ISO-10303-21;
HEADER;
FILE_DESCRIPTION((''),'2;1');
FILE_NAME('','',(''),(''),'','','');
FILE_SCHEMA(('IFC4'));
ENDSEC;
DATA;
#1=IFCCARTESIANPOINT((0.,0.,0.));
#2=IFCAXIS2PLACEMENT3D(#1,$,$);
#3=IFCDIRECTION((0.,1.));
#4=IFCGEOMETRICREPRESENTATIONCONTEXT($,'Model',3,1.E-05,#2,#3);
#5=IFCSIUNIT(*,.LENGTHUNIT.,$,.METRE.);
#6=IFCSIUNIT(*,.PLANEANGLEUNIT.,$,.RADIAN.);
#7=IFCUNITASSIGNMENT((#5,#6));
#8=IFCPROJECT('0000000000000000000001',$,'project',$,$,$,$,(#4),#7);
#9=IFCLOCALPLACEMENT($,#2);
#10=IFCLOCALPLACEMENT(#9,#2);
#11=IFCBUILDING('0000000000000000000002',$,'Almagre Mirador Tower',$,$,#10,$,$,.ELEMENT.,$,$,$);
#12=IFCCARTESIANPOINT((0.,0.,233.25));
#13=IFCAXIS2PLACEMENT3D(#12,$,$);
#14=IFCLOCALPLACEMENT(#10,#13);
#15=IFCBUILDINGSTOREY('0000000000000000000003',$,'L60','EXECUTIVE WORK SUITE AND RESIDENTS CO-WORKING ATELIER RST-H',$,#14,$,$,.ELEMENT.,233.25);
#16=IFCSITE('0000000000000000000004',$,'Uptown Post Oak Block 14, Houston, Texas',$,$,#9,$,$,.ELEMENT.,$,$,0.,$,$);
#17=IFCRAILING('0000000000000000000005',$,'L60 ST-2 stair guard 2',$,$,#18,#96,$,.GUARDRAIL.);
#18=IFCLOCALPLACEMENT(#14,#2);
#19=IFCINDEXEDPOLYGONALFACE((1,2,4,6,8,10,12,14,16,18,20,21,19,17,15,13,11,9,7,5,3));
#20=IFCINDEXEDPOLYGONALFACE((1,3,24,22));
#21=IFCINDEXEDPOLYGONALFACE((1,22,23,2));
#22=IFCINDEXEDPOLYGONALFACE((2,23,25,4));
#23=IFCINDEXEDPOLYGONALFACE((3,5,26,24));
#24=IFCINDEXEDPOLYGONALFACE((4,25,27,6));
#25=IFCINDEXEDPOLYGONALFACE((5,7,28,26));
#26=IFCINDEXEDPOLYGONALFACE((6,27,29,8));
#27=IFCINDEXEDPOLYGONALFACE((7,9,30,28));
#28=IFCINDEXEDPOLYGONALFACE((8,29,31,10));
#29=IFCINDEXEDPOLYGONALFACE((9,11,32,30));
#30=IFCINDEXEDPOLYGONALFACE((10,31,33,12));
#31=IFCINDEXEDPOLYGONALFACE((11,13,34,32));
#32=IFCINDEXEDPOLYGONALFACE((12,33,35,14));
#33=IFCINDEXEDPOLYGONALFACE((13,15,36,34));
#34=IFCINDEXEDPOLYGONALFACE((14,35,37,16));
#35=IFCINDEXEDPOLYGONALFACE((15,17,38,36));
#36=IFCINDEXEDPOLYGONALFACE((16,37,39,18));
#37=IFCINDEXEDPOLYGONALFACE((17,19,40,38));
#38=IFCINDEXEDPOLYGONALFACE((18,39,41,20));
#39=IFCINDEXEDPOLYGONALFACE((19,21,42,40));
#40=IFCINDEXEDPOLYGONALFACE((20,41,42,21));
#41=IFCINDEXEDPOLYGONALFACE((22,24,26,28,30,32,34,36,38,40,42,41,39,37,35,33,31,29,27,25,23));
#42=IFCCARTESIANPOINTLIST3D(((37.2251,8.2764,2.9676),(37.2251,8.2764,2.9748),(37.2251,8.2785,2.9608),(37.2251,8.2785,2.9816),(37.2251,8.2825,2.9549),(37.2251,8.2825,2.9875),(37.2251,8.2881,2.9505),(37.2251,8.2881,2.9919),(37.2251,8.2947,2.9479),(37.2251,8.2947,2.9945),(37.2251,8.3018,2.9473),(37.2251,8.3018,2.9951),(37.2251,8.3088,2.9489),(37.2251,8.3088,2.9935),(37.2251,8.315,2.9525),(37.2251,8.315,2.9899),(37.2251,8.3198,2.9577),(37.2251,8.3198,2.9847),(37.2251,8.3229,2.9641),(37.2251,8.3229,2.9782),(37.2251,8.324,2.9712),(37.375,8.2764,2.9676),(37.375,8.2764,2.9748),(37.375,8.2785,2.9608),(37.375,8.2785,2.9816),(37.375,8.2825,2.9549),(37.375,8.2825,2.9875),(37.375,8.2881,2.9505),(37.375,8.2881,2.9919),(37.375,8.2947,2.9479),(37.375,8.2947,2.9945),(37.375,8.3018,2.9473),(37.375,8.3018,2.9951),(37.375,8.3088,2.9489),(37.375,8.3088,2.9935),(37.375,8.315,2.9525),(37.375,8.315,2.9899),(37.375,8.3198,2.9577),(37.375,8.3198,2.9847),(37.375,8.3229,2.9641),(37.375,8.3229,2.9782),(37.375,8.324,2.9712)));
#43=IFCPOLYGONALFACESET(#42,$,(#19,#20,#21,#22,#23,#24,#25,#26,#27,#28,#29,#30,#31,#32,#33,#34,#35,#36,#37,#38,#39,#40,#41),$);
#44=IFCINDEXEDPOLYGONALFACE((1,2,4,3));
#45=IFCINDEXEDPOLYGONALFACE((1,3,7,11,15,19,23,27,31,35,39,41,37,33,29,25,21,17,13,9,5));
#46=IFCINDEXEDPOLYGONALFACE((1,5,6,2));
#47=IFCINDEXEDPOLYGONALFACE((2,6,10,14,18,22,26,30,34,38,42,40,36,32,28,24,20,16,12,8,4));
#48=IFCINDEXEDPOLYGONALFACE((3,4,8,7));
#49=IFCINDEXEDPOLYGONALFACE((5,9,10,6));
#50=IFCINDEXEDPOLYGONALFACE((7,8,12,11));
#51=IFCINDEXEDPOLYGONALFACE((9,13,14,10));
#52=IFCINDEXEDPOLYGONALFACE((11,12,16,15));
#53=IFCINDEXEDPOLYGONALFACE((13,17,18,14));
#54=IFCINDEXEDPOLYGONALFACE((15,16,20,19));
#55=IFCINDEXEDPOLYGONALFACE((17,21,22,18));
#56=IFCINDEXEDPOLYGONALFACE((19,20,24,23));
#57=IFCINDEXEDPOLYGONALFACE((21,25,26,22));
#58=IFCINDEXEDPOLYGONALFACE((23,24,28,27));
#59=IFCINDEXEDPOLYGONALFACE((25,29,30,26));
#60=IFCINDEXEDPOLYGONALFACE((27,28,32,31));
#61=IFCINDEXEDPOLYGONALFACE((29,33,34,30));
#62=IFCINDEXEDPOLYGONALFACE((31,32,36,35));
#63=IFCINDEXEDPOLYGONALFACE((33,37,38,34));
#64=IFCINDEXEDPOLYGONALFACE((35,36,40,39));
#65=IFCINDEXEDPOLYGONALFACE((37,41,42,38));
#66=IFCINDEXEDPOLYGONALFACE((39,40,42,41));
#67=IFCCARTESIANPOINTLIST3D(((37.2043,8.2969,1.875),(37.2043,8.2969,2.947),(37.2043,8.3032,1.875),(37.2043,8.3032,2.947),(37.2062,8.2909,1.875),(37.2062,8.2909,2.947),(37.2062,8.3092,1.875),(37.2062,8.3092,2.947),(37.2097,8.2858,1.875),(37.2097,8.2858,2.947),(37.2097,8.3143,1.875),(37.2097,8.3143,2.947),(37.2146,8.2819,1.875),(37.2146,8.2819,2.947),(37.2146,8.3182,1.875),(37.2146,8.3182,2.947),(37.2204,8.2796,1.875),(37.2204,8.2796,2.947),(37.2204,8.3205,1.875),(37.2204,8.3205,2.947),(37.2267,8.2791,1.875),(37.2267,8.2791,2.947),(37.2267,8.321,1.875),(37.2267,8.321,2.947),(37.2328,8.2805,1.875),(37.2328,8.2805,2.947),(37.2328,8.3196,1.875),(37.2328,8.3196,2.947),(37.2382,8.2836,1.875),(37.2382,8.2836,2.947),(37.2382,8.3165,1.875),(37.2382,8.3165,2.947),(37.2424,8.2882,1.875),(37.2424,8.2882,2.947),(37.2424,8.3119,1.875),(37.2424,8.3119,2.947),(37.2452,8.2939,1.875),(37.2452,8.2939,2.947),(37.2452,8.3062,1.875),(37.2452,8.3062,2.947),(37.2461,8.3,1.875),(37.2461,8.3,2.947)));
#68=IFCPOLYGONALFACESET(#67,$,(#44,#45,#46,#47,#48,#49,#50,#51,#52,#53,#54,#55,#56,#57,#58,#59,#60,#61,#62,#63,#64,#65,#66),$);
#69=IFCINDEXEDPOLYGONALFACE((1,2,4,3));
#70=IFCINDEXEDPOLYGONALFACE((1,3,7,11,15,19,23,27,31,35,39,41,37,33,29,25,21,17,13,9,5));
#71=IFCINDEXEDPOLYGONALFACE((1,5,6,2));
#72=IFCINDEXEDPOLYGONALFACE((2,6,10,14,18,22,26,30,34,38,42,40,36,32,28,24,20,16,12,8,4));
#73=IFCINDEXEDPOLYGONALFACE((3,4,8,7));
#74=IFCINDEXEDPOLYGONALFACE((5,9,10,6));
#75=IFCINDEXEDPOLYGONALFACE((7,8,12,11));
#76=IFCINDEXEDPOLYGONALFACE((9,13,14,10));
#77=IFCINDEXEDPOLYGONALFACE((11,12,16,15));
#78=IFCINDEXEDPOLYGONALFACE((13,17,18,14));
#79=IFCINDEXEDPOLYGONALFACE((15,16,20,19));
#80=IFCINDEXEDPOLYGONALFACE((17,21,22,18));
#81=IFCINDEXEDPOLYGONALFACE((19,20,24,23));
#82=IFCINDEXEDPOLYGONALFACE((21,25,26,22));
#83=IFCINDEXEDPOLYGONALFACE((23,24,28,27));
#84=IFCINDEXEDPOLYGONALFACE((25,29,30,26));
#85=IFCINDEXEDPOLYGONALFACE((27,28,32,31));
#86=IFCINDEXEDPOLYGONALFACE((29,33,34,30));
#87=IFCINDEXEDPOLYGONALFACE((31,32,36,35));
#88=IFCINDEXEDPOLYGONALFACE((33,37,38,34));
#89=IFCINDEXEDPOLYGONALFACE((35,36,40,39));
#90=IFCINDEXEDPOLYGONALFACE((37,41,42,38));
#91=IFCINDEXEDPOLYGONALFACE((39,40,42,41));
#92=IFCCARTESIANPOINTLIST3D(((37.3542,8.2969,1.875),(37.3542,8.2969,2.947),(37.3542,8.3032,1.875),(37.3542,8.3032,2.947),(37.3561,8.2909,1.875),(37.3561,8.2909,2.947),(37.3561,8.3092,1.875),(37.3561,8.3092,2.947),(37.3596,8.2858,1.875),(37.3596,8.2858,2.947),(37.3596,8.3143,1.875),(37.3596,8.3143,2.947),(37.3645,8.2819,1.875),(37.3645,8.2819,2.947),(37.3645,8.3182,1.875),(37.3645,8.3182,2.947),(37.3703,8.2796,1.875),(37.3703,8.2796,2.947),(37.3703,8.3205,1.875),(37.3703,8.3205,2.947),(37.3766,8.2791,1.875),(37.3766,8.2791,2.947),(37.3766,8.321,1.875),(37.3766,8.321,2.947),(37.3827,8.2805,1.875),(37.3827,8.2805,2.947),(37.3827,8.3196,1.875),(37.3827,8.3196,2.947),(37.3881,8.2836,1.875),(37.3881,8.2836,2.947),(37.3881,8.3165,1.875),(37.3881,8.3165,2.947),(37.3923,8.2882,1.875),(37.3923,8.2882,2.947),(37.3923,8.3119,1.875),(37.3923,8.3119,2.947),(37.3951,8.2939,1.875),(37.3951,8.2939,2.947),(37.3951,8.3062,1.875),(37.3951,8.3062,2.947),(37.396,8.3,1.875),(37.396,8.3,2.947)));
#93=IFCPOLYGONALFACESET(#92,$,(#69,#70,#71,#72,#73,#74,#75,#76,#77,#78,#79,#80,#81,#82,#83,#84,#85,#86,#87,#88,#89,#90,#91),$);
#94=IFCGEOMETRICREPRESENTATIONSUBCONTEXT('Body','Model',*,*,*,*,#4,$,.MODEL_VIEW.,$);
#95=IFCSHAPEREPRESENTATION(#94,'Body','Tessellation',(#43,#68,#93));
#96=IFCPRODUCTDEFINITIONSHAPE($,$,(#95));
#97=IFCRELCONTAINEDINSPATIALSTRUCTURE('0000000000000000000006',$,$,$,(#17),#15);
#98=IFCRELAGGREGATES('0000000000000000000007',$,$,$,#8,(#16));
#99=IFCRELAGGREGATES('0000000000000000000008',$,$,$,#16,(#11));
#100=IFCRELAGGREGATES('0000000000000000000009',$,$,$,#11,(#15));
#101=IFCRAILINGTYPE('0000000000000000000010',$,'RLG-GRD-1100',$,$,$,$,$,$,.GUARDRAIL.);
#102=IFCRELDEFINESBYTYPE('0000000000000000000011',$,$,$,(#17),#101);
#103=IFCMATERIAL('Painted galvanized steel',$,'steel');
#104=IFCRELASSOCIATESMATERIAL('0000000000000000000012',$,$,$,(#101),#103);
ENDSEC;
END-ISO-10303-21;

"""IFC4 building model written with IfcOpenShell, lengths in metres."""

from ifc_helpers import new_model, si_unit, direction, frame, origin, origin_2d, place, context, subcontext, project, spatial, circle, extrude, material, type_object, element, save


model = new_model("IFC4")

# Units and contexts
model_context = context("Model", 3, precision=1e-05, world=origin(), true_north=direction((0.0, 1.0)))
body_context = subcontext(model_context, "Body", "Model", "MODEL_VIEW")
ifc_project = project(units=[si_unit("LENGTHUNIT", "METRE"), si_unit("PLANEANGLEUNIT", "RADIAN")], contexts=[model_context])

# Site, building, storey
site_placement = place(None, origin())
site = spatial("IfcSite", under=ifc_project, at=site_placement, Name="Uptown Post Oak Block 14, Houston, Texas", CompositionType="ELEMENT", RefElevation=0.0)
building_placement = place(site_placement, origin())
building = spatial("IfcBuilding", under=site, at=building_placement, Name="Almagre Mirador Tower", CompositionType="ELEMENT")
storey_placement = place(building_placement, frame((0.0, 0.0, 233.25)))
storey = spatial("IfcBuildingStorey", under=building, at=storey_placement, Name="L60", Description="EXECUTIVE WORK SUITE AND RESIDENTS CO-WORKING ATELIER RST-H", CompositionType="ELEMENT", Elevation=233.25)

# Railing
ifc_material_1 = material(Name="Painted galvanized steel", Category="steel")
railing_type_1 = type_object("IfcRailingType", Name="RLG-GRD-1100", PredefinedType="GUARDRAIL", material=ifc_material_1)
railing_1_placement = place(storey_placement, frame((37.2251, 8.3, 1.875)))
element("IfcRailing", 1, at=railing_1_placement, inside=storey, type_object=railing_type_1, Name="L60 ST-2 stair guard 2", PredefinedType="GUARDRAIL", context=body_context, shape_type="SweptSolid", body=[
    extrude(circle(Radius=0.0239, at=origin_2d()), frame((0.0, 0.0, 1.0962), z_axis=(1.0, 0.0, 0.0), x_axis=(0.0, 1.0, 0.0)), (0.0, 0.0, 1.0), 0.1499),
    extrude(circle(Radius=0.021, at=origin_2d()), origin(), (0.0, 0.0, 1.0), 1.072),
    extrude(circle(Radius=0.021, at=origin_2d()), frame((0.1499, 0.0, 0.0)), (0.0, 0.0, 1.0), 1.072),
])

save(model, "model.ifc")
